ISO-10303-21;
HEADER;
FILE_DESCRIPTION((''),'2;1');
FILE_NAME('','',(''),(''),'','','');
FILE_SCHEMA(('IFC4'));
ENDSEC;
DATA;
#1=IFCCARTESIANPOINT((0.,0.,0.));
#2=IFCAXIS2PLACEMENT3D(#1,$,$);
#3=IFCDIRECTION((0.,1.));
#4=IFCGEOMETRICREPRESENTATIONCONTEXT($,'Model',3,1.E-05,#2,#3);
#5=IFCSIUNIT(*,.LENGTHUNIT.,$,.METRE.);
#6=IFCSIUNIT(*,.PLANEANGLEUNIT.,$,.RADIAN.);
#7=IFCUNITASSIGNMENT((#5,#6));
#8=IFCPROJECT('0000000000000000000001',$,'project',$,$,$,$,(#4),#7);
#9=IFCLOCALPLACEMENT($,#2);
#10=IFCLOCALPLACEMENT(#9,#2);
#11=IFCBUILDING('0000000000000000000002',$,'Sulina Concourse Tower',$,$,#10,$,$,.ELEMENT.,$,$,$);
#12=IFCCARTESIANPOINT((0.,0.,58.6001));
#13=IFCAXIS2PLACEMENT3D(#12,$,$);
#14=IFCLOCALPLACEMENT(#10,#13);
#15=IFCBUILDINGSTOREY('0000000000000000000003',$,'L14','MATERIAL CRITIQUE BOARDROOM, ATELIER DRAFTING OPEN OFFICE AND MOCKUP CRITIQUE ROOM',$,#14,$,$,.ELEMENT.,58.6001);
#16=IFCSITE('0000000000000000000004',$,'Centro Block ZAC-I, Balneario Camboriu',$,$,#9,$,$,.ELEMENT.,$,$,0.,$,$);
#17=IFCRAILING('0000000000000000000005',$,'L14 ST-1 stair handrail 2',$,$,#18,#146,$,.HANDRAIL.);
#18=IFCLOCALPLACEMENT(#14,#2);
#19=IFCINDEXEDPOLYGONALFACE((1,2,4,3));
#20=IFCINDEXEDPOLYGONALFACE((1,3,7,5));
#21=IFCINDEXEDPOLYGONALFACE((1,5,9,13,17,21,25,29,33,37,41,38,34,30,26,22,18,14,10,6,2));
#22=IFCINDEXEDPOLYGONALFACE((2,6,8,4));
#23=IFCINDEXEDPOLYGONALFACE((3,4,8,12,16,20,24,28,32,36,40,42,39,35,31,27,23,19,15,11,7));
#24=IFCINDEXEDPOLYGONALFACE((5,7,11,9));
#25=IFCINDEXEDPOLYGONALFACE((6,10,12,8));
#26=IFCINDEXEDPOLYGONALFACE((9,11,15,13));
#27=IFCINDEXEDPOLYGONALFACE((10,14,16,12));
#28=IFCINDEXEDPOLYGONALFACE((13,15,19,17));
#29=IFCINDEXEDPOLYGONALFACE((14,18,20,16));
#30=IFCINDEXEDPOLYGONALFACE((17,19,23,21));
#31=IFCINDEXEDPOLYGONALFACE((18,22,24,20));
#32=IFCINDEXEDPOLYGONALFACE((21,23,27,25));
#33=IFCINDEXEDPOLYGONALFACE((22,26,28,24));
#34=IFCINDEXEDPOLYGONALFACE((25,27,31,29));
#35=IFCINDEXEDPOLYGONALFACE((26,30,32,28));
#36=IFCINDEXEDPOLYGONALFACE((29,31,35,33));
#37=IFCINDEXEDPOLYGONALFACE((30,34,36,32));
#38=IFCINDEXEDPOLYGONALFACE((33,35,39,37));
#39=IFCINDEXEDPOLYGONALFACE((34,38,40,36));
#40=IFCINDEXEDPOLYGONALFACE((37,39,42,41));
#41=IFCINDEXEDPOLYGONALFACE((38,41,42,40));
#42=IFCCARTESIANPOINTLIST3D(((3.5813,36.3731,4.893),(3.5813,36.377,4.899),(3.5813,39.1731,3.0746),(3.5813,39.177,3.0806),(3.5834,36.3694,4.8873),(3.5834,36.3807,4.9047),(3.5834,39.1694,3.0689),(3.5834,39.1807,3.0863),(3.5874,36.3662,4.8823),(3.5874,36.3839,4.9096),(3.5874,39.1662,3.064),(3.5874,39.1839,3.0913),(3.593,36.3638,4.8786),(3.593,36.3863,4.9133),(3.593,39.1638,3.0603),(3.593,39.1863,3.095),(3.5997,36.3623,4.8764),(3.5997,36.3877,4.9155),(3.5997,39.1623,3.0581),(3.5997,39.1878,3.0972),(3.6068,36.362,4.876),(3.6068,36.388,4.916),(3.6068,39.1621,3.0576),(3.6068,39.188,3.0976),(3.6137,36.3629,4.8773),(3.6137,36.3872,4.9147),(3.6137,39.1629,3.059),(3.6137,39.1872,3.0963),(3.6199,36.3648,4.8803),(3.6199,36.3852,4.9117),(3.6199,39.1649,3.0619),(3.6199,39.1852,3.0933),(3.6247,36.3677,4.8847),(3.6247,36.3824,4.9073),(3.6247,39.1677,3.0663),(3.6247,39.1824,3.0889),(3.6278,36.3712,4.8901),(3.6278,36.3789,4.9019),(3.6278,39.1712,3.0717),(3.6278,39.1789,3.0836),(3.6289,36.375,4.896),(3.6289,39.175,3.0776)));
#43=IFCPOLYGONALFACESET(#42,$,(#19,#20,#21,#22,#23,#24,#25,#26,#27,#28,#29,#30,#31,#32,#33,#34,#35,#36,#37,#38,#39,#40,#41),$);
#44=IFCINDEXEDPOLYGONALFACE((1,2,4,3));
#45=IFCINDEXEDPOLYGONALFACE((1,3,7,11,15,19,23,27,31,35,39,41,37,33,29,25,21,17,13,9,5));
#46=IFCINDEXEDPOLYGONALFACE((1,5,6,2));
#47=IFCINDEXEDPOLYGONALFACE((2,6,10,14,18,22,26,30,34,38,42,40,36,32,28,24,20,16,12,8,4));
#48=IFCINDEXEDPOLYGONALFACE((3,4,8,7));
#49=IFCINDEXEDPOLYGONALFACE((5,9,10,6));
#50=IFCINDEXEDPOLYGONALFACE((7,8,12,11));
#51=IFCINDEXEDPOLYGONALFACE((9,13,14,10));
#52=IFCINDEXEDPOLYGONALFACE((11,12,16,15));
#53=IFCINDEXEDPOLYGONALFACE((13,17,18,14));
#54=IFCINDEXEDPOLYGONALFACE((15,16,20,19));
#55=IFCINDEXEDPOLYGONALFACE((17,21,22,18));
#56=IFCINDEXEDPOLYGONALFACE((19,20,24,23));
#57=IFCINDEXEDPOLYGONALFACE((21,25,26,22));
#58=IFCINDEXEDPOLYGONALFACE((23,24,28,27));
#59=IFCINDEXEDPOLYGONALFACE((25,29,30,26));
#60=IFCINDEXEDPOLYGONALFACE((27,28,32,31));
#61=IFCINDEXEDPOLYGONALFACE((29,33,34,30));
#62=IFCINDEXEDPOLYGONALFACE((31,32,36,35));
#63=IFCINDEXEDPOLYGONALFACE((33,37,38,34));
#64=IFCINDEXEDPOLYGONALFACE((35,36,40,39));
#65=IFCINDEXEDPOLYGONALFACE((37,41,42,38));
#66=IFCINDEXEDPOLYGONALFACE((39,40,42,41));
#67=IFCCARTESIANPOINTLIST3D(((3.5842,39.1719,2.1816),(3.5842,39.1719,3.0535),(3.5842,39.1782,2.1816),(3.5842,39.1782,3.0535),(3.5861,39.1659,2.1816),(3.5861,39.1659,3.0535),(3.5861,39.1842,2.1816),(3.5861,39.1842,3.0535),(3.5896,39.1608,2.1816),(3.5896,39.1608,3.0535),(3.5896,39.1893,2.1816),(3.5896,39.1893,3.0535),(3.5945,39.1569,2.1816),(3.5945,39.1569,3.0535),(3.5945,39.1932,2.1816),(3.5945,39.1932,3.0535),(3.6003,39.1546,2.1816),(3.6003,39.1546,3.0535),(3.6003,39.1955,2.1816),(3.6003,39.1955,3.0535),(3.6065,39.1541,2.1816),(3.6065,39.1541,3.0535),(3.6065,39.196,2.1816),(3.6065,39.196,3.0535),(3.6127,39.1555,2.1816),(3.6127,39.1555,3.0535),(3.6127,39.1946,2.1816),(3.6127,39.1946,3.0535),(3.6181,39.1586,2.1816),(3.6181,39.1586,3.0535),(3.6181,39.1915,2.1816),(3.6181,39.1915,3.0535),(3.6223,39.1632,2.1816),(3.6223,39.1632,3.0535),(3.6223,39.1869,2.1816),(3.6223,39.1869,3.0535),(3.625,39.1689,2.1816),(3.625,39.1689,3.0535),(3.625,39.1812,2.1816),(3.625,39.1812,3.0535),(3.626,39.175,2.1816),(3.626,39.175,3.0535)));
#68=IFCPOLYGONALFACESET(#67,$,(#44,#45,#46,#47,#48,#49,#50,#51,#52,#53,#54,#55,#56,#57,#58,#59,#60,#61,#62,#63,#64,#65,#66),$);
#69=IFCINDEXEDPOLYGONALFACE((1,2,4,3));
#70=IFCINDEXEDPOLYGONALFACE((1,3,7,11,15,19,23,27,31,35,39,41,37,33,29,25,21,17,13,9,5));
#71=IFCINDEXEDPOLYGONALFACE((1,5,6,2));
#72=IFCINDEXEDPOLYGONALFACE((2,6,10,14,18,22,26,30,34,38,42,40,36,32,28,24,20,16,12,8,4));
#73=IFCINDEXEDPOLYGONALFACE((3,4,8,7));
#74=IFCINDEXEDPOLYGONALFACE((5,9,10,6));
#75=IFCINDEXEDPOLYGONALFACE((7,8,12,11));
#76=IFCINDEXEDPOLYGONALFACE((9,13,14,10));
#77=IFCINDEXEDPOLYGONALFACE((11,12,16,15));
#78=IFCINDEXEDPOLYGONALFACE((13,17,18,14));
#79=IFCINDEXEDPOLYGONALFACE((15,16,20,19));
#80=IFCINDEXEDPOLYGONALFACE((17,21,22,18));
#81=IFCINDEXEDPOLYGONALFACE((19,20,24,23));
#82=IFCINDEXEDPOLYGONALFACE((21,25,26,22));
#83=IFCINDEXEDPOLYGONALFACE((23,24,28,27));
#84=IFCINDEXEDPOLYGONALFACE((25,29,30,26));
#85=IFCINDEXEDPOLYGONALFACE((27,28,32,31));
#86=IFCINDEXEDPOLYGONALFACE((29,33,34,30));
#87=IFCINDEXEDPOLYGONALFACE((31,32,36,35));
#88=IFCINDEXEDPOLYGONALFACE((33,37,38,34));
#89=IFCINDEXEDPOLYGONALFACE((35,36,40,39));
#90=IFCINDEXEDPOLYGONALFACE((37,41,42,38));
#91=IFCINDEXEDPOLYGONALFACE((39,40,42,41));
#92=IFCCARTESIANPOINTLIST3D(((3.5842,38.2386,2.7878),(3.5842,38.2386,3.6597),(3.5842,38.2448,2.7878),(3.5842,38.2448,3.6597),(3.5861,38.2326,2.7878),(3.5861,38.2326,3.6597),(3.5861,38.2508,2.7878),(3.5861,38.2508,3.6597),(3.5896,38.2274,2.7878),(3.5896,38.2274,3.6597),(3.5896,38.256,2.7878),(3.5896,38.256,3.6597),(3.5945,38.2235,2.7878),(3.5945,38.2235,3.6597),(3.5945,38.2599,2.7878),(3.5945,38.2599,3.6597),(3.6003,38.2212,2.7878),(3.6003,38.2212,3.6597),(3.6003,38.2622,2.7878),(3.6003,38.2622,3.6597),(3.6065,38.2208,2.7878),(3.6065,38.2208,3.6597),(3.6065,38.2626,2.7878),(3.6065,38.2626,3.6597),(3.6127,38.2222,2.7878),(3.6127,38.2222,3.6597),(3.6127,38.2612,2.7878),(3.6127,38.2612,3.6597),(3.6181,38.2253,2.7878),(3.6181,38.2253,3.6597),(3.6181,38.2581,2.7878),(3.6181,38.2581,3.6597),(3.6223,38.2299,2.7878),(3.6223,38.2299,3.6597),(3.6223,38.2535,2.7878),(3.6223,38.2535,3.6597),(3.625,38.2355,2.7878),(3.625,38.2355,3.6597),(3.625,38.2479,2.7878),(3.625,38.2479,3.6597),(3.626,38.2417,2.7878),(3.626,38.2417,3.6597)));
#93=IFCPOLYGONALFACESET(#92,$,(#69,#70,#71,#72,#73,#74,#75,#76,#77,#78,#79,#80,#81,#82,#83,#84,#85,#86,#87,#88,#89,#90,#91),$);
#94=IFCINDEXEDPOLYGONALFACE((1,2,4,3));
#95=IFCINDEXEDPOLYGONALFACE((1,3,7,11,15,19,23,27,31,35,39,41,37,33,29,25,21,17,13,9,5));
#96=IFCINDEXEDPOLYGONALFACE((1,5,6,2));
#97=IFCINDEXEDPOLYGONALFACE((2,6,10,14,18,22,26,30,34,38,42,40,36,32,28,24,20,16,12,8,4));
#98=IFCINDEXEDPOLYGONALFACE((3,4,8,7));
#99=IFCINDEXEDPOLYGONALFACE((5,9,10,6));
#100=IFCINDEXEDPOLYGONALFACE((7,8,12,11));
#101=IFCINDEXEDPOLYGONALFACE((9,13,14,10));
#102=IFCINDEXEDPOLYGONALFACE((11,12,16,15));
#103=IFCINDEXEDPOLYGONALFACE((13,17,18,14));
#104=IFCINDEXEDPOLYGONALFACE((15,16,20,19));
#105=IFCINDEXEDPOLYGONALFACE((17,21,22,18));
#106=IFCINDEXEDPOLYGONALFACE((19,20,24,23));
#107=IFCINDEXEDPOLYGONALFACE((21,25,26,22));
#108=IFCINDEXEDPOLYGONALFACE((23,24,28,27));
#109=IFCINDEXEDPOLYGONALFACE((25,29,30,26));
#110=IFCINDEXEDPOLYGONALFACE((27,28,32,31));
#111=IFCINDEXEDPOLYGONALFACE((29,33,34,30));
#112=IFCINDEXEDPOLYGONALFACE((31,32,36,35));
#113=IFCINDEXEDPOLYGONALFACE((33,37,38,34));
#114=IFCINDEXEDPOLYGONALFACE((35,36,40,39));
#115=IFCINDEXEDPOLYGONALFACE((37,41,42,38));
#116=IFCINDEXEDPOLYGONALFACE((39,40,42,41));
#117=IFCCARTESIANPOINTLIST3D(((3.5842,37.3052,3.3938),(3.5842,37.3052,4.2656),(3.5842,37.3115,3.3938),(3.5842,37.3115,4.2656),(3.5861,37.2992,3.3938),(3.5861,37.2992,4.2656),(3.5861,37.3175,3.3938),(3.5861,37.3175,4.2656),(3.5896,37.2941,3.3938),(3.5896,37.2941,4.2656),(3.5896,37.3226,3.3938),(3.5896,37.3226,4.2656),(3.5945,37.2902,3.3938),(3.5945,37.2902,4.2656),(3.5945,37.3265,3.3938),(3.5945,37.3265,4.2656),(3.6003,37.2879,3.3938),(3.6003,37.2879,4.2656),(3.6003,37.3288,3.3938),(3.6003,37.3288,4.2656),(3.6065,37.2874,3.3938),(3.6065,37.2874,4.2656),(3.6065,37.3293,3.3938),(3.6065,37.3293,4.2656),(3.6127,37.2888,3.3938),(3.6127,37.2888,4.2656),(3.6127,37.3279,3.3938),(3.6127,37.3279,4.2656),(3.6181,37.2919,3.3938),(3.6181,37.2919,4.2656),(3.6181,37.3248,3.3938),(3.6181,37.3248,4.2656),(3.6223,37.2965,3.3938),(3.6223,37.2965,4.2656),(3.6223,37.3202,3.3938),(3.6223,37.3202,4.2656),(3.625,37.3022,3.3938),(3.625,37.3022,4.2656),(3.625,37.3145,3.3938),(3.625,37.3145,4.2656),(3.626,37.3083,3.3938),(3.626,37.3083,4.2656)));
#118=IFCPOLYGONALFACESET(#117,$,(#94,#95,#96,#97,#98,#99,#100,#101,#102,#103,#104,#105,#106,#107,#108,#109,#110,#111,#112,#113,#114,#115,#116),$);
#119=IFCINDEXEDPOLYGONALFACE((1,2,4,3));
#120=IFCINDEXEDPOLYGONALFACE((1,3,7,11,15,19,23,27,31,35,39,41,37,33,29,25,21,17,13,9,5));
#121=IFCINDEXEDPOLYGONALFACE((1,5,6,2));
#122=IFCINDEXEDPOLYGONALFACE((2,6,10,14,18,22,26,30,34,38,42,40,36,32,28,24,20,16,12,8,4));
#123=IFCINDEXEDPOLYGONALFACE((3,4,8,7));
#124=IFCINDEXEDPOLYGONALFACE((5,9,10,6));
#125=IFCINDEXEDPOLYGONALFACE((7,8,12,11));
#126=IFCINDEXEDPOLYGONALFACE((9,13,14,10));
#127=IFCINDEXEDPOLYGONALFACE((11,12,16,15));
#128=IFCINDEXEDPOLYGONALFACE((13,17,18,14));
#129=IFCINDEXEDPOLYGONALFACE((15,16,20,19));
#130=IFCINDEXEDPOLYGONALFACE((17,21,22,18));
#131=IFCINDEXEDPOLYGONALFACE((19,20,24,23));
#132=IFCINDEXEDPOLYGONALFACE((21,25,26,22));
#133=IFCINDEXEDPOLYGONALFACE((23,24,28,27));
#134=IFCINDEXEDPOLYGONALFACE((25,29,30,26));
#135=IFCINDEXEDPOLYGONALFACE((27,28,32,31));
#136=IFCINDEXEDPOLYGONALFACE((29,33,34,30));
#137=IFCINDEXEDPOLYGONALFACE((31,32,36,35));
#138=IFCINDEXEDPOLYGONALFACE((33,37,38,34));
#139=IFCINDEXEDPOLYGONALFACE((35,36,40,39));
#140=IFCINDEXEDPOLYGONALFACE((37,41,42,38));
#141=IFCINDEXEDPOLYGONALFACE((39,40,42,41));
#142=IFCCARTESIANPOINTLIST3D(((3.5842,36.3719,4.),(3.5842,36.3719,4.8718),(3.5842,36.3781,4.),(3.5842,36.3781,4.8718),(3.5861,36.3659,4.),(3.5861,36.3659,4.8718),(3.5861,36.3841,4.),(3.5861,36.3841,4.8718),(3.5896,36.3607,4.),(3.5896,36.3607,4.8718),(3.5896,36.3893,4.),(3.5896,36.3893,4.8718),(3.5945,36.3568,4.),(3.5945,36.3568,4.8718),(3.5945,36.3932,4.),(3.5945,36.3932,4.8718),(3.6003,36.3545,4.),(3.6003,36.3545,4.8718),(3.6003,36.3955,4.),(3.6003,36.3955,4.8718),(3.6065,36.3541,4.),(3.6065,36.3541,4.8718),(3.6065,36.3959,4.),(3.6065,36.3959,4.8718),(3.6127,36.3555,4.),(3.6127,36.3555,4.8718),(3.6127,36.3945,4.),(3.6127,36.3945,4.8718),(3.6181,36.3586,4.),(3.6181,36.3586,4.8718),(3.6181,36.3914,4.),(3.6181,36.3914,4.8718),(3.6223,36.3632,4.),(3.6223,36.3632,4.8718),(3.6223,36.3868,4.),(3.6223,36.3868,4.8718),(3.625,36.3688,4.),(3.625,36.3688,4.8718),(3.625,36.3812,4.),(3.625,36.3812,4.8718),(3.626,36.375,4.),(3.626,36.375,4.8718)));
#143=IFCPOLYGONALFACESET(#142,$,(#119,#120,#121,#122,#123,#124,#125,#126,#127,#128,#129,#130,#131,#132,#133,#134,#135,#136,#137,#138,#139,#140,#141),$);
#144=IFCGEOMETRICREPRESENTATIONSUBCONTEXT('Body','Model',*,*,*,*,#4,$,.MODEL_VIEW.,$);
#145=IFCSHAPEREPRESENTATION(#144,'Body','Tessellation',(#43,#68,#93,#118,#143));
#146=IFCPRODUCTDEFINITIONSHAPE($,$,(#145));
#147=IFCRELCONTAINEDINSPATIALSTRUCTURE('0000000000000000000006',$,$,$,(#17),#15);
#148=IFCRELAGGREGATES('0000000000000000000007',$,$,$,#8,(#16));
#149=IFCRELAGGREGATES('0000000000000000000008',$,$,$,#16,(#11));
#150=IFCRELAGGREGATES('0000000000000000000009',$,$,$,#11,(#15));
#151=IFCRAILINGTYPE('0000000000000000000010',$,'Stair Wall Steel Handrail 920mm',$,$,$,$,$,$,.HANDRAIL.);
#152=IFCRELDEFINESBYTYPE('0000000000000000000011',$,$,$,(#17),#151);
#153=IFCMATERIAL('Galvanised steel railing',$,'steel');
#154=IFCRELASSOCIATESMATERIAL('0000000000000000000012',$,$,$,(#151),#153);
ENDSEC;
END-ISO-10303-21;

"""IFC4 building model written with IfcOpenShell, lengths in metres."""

from ifc_helpers import new_model, si_unit, direction, frame, origin, origin_2d, place, context, subcontext, project, spatial, circle, extrude, material, type_object, element, save


model = new_model("IFC4")

# Units and contexts
model_context = context("Model", 3, precision=1e-05, world=origin(), true_north=direction((0.0, 1.0)))
body_context = subcontext(model_context, "Body", "Model", "MODEL_VIEW")
ifc_project = project(units=[si_unit("LENGTHUNIT", "METRE"), si_unit("PLANEANGLEUNIT", "RADIAN")], contexts=[model_context])

# Site, building, storey
site_placement = place(None, origin())
site = spatial("IfcSite", under=ifc_project, at=site_placement, Name="Centro Block ZAC-I, Balneario Camboriu", CompositionType="ELEMENT", RefElevation=0.0)
building_placement = place(site_placement, origin())
building = spatial("IfcBuilding", under=site, at=building_placement, Name="Sulina Concourse Tower", CompositionType="ELEMENT")
storey_placement = place(building_placement, frame((0.0, 0.0, 58.6001)))
storey = spatial("IfcBuildingStorey", under=building, at=storey_placement, Name="L14", Description="MATERIAL CRITIQUE BOARDROOM, ATELIER DRAFTING OPEN OFFICE AND MOCKUP CRITIQUE ROOM", CompositionType="ELEMENT", Elevation=58.6001)

# Railing
ifc_material_1 = material(Name="Galvanised steel railing", Category="steel")
railing_type_1 = type_object("IfcRailingType", Name="Stair Wall Steel Handrail 920mm", PredefinedType="HANDRAIL", material=ifc_material_1)
railing_1_placement = place(storey_placement, frame((3.605, 39.175, 2.1816)))
element("IfcRailing", 1, at=railing_1_placement, inside=storey, type_object=railing_type_1, Name="L14 ST-1 stair handrail 2", PredefinedType="HANDRAIL", context=body_context, shape_type="SweptSolid", body=[
    extrude(circle(Radius=0.0239, at=origin_2d()), frame((0.0, 0.0, 0.896), z_axis=(0.0, -0.838672, 0.544636), x_axis=(1.0, 0.0, 0.0)), (0.0, 0.0, 1.0), 3.3386),
    extrude(circle(Radius=0.021, at=origin_2d()), origin(), (0.0, 0.0, 1.0), 0.8718),
    extrude(circle(Radius=0.021, at=origin_2d()), frame((0.0, -0.9333, 0.6062)), (0.0, 0.0, 1.0), 0.8718),
    extrude(circle(Radius=0.021, at=origin_2d()), frame((0.0, -1.8667, 1.2122)), (0.0, 0.0, 1.0), 0.8718),
    extrude(circle(Radius=0.021, at=origin_2d()), frame((0.0, -2.8, 1.8184)), (0.0, 0.0, 1.0), 0.8718),
])

save(model, "model.ifc")
